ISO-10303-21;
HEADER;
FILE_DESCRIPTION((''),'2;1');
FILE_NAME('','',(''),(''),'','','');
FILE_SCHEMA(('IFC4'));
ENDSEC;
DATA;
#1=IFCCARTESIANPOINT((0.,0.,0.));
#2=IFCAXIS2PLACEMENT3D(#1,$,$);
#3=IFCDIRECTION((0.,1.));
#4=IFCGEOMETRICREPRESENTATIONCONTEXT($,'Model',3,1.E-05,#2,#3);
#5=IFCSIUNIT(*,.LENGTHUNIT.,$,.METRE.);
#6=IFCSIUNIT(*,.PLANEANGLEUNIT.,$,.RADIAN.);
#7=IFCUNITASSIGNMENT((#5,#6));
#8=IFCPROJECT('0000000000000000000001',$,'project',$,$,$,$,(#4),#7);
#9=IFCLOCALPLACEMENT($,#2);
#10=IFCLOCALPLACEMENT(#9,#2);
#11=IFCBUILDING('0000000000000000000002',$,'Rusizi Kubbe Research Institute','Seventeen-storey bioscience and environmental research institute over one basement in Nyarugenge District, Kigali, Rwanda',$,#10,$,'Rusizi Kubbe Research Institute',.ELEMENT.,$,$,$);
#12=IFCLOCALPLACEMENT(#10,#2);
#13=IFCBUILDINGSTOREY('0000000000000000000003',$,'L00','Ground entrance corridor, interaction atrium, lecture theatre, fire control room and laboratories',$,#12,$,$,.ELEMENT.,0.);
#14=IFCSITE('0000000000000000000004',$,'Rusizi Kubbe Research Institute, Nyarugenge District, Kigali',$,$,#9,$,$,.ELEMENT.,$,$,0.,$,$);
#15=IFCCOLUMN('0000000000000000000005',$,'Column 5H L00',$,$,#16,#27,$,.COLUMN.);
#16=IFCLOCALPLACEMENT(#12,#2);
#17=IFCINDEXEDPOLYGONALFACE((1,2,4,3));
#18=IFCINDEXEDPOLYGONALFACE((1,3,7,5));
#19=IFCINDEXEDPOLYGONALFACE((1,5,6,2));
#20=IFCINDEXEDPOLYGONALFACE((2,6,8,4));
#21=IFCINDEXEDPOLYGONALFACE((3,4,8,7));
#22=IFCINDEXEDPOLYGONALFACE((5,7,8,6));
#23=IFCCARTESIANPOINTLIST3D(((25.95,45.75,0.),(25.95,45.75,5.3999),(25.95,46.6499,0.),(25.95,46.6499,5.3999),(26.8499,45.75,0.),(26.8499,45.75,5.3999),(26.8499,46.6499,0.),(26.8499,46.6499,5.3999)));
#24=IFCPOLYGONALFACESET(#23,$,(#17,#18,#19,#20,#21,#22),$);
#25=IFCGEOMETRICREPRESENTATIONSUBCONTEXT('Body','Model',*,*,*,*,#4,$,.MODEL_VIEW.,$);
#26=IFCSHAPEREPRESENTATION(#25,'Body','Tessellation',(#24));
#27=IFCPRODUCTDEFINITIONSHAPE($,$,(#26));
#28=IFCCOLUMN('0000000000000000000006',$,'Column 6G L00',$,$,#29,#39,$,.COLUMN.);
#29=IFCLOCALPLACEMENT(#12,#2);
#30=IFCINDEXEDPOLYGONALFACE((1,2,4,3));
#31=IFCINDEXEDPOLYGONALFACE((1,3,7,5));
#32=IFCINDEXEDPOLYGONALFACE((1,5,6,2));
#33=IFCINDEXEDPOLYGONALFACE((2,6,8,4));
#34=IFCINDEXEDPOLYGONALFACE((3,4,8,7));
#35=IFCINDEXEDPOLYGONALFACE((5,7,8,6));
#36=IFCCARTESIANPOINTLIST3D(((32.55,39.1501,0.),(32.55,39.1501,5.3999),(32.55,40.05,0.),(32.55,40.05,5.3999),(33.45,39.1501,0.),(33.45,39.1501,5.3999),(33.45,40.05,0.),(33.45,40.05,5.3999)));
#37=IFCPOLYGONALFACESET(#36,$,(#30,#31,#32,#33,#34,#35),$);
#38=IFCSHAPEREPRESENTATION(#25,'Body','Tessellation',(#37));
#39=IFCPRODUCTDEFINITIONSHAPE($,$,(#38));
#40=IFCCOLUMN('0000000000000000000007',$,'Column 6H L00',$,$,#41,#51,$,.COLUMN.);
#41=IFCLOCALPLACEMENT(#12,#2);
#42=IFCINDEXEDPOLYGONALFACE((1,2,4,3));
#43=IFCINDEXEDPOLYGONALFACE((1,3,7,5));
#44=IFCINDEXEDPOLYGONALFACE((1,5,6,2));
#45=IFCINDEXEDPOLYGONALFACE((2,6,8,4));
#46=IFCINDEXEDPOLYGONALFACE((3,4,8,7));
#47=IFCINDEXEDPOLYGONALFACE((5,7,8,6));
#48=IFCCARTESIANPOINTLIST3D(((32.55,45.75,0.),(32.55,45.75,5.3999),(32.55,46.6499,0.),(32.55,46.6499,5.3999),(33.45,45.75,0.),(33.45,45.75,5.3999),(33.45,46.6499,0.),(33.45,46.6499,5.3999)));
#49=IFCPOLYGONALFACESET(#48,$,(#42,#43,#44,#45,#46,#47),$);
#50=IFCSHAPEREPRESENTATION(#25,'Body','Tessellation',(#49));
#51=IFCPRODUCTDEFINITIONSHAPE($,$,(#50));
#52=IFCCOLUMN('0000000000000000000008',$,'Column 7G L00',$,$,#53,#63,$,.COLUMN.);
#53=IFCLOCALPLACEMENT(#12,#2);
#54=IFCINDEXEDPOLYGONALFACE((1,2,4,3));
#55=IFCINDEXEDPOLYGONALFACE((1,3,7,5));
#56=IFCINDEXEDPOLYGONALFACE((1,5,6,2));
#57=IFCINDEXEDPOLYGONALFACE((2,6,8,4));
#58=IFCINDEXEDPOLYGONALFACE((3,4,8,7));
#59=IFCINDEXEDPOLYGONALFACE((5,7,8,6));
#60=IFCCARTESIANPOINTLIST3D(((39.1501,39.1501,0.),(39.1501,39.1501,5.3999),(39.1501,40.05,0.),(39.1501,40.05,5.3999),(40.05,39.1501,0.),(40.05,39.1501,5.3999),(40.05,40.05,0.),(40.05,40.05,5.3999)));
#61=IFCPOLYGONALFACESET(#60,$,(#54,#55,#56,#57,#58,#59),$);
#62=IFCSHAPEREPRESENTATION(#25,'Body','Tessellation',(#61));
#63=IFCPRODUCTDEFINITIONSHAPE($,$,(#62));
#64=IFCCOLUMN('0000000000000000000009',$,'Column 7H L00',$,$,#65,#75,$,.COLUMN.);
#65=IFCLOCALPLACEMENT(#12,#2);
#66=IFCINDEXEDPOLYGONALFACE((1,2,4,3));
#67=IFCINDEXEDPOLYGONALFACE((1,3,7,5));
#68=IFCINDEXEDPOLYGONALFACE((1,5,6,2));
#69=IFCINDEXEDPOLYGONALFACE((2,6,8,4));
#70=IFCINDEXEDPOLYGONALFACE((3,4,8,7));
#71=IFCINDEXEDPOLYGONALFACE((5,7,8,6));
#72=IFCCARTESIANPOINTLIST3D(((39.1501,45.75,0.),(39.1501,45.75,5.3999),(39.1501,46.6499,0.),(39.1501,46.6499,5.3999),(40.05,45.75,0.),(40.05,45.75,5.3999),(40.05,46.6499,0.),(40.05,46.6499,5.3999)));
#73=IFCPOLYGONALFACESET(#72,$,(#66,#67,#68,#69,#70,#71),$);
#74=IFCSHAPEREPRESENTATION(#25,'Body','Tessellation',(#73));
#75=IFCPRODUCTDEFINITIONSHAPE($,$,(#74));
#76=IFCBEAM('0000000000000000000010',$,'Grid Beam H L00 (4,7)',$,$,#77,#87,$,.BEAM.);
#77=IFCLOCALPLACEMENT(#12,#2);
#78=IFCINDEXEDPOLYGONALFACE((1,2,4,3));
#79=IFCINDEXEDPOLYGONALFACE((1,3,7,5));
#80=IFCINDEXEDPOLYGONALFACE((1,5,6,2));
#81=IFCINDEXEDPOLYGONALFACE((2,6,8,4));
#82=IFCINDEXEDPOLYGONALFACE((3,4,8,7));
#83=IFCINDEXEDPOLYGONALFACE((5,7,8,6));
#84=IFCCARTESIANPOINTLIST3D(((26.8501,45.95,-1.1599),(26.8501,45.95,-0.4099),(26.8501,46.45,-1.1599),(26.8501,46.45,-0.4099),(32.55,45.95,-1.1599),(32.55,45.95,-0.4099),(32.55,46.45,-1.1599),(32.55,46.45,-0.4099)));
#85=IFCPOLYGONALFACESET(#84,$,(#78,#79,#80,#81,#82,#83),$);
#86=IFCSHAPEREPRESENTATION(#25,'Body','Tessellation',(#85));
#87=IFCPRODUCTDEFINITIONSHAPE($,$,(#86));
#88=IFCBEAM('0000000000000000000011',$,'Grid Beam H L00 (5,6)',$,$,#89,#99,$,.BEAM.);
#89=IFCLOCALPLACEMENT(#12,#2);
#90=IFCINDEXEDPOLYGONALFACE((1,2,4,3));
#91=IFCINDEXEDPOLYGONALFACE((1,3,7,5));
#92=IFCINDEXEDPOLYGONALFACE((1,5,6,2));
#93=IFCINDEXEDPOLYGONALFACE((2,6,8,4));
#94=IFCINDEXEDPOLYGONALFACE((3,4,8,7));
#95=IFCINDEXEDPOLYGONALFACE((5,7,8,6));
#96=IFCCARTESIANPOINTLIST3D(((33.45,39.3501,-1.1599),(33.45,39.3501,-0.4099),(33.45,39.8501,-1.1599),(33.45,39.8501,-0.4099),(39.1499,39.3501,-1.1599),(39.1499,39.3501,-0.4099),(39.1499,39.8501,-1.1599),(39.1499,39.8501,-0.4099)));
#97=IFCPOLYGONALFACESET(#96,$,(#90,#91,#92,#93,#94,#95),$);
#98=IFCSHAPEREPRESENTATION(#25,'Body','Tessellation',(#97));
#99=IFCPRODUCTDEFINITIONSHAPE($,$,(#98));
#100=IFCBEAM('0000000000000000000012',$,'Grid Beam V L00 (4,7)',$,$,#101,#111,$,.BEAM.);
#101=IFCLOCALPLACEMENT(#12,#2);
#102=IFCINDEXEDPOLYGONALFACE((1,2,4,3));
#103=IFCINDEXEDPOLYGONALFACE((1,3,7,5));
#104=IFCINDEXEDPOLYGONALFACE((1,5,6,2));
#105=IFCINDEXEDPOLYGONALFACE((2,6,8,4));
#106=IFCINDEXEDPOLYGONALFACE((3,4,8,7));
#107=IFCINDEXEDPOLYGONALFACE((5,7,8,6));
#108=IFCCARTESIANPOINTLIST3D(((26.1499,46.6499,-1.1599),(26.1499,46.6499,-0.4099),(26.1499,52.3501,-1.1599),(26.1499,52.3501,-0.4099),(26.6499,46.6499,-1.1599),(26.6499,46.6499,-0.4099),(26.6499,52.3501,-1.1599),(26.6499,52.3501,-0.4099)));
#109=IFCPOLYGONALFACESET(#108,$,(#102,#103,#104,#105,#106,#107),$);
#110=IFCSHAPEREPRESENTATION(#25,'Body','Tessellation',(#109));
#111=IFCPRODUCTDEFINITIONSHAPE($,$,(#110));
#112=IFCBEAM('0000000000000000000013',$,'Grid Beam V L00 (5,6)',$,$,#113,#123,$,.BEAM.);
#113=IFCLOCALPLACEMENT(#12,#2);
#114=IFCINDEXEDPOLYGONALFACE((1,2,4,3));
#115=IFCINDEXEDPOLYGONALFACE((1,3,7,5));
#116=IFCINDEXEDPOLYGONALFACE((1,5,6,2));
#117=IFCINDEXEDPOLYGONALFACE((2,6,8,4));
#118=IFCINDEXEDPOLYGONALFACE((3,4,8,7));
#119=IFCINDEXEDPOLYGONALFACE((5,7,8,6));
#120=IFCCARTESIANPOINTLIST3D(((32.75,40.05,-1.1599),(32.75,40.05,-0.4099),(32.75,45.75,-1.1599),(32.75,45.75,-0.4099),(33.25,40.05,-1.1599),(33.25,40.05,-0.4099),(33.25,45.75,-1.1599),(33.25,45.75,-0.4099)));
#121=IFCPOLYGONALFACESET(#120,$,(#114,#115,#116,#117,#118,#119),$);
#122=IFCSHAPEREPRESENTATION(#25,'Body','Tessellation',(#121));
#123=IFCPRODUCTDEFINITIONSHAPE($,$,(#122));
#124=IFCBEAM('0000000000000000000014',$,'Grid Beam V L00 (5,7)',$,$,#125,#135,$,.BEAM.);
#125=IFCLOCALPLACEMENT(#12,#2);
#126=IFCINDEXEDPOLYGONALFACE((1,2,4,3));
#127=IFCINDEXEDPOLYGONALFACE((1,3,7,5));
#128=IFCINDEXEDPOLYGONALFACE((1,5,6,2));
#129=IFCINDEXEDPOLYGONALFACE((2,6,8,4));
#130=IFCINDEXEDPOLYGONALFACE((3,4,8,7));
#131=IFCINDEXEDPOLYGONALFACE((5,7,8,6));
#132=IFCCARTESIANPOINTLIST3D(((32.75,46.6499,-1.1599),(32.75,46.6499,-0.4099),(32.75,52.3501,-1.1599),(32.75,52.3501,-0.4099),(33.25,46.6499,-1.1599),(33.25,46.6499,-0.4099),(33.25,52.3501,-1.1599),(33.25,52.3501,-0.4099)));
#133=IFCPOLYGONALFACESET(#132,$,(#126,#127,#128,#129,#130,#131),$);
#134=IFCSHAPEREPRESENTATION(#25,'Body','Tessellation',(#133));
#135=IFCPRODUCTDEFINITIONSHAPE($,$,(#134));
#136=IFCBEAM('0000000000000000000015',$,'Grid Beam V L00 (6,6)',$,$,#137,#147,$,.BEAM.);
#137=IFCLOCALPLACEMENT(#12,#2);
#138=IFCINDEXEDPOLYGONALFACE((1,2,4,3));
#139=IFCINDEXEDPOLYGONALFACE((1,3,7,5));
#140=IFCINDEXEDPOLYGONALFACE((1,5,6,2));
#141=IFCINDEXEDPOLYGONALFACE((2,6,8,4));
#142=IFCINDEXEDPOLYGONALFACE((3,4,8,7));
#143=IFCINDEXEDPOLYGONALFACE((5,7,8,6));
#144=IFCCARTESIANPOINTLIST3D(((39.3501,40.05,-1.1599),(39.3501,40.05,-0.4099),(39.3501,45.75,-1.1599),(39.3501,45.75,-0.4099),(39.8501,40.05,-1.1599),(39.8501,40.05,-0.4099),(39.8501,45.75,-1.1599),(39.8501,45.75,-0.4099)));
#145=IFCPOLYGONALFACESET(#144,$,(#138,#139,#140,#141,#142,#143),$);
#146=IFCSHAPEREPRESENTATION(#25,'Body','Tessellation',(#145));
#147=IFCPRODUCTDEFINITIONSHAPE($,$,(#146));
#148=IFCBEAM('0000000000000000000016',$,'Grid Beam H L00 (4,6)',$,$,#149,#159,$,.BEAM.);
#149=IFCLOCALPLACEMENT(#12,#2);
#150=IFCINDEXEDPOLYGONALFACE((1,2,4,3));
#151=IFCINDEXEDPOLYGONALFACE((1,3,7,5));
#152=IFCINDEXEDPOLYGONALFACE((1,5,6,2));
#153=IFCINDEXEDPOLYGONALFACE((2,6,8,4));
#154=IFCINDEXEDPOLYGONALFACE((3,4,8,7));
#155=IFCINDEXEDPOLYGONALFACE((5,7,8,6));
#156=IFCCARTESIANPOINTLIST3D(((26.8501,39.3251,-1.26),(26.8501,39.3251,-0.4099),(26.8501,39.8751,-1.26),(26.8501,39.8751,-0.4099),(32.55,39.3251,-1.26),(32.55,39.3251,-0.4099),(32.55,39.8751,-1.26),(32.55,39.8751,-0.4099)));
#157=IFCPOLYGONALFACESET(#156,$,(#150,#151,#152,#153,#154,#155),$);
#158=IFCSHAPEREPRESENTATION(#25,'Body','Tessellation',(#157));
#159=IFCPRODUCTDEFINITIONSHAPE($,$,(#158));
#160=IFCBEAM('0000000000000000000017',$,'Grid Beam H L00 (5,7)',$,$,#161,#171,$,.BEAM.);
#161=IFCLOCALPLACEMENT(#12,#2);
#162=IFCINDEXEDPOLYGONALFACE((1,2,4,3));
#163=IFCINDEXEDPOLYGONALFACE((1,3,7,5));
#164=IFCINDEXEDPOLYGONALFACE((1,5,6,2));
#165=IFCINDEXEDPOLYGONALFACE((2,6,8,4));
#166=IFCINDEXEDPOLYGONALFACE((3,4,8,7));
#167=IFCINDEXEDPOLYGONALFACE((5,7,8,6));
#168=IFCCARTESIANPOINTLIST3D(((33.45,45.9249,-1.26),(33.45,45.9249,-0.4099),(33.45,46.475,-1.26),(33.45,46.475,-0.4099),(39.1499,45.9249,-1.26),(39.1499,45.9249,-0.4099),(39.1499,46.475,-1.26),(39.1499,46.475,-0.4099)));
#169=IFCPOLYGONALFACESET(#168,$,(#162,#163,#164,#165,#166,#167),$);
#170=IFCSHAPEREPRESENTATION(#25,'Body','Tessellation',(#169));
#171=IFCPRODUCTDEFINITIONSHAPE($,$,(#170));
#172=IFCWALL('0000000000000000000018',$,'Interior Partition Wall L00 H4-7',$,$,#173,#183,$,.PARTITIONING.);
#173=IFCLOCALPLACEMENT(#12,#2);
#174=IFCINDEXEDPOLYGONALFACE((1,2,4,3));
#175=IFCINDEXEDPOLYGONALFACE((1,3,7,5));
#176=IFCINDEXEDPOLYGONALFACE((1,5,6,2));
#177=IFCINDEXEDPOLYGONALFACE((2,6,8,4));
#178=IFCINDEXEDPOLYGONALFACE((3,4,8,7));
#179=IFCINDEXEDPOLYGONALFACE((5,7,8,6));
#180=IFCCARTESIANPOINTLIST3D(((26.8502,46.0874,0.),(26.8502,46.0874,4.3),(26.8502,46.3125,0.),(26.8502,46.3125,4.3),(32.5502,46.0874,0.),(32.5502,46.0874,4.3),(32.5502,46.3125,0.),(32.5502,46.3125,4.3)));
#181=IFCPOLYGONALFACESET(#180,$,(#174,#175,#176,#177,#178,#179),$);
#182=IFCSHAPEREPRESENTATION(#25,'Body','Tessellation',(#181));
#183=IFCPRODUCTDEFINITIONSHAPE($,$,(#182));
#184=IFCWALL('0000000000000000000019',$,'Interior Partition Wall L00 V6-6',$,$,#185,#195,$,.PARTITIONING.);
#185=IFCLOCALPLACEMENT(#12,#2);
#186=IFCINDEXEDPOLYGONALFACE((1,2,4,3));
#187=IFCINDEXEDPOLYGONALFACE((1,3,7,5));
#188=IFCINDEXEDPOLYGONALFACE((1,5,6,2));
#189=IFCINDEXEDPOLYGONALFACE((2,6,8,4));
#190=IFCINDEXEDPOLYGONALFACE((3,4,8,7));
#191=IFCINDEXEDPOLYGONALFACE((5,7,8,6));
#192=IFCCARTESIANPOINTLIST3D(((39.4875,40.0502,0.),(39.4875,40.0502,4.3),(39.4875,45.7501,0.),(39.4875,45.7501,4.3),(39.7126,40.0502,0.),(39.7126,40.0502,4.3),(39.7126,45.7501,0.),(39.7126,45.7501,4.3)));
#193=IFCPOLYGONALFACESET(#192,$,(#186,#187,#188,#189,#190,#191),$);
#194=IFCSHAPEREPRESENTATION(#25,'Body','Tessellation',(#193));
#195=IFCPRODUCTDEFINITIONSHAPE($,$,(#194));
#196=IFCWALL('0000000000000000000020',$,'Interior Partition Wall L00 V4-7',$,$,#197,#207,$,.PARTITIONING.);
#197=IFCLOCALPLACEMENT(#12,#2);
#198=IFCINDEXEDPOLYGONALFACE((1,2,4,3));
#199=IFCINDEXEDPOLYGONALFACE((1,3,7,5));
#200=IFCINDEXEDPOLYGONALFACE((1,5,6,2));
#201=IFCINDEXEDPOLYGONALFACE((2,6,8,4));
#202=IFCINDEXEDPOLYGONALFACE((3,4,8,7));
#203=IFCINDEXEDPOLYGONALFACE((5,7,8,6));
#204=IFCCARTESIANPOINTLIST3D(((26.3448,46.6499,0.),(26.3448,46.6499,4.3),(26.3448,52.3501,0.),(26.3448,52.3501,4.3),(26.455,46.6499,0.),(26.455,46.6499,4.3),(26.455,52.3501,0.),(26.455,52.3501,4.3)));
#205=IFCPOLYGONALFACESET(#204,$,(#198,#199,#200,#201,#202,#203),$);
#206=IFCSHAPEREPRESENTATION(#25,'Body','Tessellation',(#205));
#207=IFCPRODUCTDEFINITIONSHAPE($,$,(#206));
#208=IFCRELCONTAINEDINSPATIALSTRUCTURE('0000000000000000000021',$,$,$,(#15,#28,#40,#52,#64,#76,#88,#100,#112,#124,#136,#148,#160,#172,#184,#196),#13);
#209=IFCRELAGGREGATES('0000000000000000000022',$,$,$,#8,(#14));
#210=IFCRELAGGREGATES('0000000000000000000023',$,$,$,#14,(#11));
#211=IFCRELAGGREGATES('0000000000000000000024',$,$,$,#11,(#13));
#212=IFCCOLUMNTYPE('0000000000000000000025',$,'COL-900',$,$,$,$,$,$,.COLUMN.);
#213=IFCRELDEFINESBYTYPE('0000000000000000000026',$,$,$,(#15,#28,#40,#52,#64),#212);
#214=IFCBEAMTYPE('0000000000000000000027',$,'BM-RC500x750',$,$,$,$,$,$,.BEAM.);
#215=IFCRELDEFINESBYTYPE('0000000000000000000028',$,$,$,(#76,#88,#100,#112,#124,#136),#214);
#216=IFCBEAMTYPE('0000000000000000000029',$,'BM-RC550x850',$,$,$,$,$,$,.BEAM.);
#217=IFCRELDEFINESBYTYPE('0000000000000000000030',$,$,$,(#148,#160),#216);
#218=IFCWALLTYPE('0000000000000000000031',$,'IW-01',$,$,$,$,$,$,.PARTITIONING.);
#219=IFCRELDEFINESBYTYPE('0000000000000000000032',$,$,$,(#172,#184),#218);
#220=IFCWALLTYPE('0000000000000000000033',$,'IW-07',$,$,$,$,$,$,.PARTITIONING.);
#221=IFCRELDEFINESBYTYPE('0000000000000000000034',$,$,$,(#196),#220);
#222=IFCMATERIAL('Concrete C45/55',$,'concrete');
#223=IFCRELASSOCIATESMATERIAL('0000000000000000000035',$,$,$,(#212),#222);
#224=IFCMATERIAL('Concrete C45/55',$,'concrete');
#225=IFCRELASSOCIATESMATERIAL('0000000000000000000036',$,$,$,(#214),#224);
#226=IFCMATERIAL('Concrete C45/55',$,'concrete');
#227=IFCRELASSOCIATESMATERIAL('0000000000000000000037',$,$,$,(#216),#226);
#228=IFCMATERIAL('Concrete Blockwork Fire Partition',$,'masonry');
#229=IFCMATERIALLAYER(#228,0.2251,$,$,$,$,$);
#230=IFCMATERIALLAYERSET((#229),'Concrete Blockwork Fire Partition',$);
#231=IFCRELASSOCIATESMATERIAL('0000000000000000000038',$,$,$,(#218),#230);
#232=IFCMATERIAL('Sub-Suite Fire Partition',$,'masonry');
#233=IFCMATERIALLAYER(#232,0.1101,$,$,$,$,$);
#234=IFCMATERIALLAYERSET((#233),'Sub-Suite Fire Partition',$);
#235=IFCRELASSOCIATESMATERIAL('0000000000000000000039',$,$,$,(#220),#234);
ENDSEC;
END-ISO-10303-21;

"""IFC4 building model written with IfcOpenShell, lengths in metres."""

from ifc_helpers import new_model, si_unit, direction, frame, frame_2d, origin, origin_2d, place, context, subcontext, project, spatial, rectangle, extrude, material, layer, layer_set, material_profile, profile_set, type_object, element, save


model = new_model("IFC4")

# Units and contexts
model_context = context("Model", 3, precision=1e-05, world=origin(), true_north=direction((0.0, 1.0)))
body_context = subcontext(model_context, "Body", "Model", "MODEL_VIEW")
ifc_project = project(units=[si_unit("LENGTHUNIT", "METRE"), si_unit("PLANEANGLEUNIT", "RADIAN")], contexts=[model_context])

# Site, building, storey
site_placement = place(None, origin())
site = spatial("IfcSite", under=ifc_project, at=site_placement, Name="Rusizi Kubbe Research Institute, Nyarugenge District, Kigali", CompositionType="ELEMENT", RefElevation=0.0)
building_placement = place(site_placement, origin())
building = spatial("IfcBuilding", under=site, at=building_placement, Name="Rusizi Kubbe Research Institute", Description="Seventeen-storey bioscience and environmental research institute over one basement in Nyarugenge District, Kigali, Rwanda", LongName="Rusizi Kubbe Research Institute", CompositionType="ELEMENT")
storey_placement = place(building_placement, origin())
storey = spatial("IfcBuildingStorey", under=building, at=storey_placement, Name="L00", Description="Ground entrance corridor, interaction atrium, lecture theatre, fire control room and laboratories", CompositionType="ELEMENT", Elevation=0.0)

# Columns
ifc_material_1 = material(Name="Concrete C45/55", Category="concrete")
ifc_material_profile_1 = material_profile(ifc_material_1, rectangle(XDim=0.8999, YDim=0.8999, at=origin_2d()), Name="RC900x900")
ifc_profile_set_1 = profile_set([ifc_material_profile_1], Name="Concrete C45/55")
column_type = type_object("IfcColumnType", Name="COL-900", PredefinedType="COLUMN", material=ifc_profile_set_1)
for number, where, z_axis, x_axis, name in (
    (1, (26.3999, 46.2, 0.0), (0.0, 0.0, 1.0), (1.0, 0.0, 0.0), "Column 5H L00"),
    (2, (33.0, 39.6001, 0.0), (0.0, 0.0, 1.0), (1.0, 0.0, 0.0), "Column 6G L00"),
    (3, (33.0, 46.2, 0.0), (0.0, 0.0, 1.0), (1.0, 0.0, 0.0), "Column 6H L00"),
    (4, (39.6001, 39.6001, 0.0), (0.0, 0.0, 1.0), (1.0, 0.0, 0.0), "Column 7G L00"),
    (5, (39.6001, 46.2, 0.0), (0.0, 0.0, 1.0), (1.0, 0.0, 0.0), "Column 7H L00"),
):
    element("IfcColumn", number, at=place(storey_placement, frame(where, z_axis=z_axis, x_axis=x_axis)), inside=storey, type_object=column_type, Name=name, PredefinedType="COLUMN", context=body_context, shape_type="SweptSolid", body=[
        extrude(rectangle(XDim=0.8999, YDim=0.8999, at=origin_2d()), origin(), (0.0, 0.0, 1.0), 5.3999),
    ])

# Beams
ifc_material_2 = material(Name="Concrete C45/55", Category="concrete")
ifc_material_profile_2 = material_profile(ifc_material_2, rectangle(XDim=0.5, YDim=0.75, at=origin_2d()), Name="RC500x750B")
ifc_profile_set_2 = profile_set([ifc_material_profile_2], Name="Concrete C45/55")
beam_type_1 = type_object("IfcBeamType", Name="BM-RC500x750", PredefinedType="BEAM", material=ifc_profile_set_2)
for number, where, z_axis, x_axis, name in (
    (6, (26.8501, 46.2, -0.7849), (1.0, 0.0, 0.0), (0.0, 1.0, 0.0), "Grid Beam H L00 (4,7)"),
    (7, (33.45, 39.6001, -0.7849), (1.0, 0.0, 0.0), (0.0, 1.0, 0.0), "Grid Beam H L00 (5,6)"),
):
    element("IfcBeam", number, at=place(storey_placement, frame(where, z_axis=z_axis, x_axis=x_axis)), inside=storey, type_object=beam_type_1, Name=name, PredefinedType="BEAM", context=body_context, shape_type="SweptSolid", body=[
        extrude(rectangle(XDim=0.5, YDim=0.75, at=origin_2d()), origin(), (0.0, 0.0, 1.0), 5.7),
    ])
beam_1_placement = place(storey_placement, frame((26.3999, 46.6499, -0.7849), z_axis=(0.0, 1.0, 0.0), x_axis=(-1.0, 0.0, 0.0)))
element("IfcBeam", 8, at=beam_1_placement, inside=storey, type_object=beam_type_1, Name="Grid Beam V L00 (4,7)", PredefinedType="BEAM", context=body_context, shape_type="SweptSolid", body=[
    extrude(rectangle(XDim=0.5, YDim=0.75, at=origin_2d()), origin(), (0.0, 0.0, 1.0), 5.7002),
])
beam_2_placement = place(storey_placement, frame((33.0, 40.05, -0.7849), z_axis=(0.0, 1.0, 0.0), x_axis=(-1.0, 0.0, 0.0)))
element("IfcBeam", 9, at=beam_2_placement, inside=storey, type_object=beam_type_1, Name="Grid Beam V L00 (5,6)", PredefinedType="BEAM", context=body_context, shape_type="SweptSolid", body=[
    extrude(rectangle(XDim=0.5, YDim=0.75, at=origin_2d()), origin(), (0.0, 0.0, 1.0), 5.7),
])
beam_3_placement = place(storey_placement, frame((33.0, 46.6499, -0.7849), z_axis=(0.0, 1.0, 0.0), x_axis=(-1.0, 0.0, 0.0)))
element("IfcBeam", 10, at=beam_3_placement, inside=storey, type_object=beam_type_1, Name="Grid Beam V L00 (5,7)", PredefinedType="BEAM", context=body_context, shape_type="SweptSolid", body=[
    extrude(rectangle(XDim=0.5, YDim=0.75, at=origin_2d()), origin(), (0.0, 0.0, 1.0), 5.7002),
])
beam_4_placement = place(storey_placement, frame((39.6001, 40.05, -0.7849), z_axis=(0.0, 1.0, 0.0), x_axis=(-1.0, 0.0, 0.0)))
element("IfcBeam", 11, at=beam_4_placement, inside=storey, type_object=beam_type_1, Name="Grid Beam V L00 (6,6)", PredefinedType="BEAM", context=body_context, shape_type="SweptSolid", body=[
    extrude(rectangle(XDim=0.5, YDim=0.75, at=origin_2d()), origin(), (0.0, 0.0, 1.0), 5.7),
])
ifc_material_3 = material(Name="Concrete C45/55", Category="concrete")
ifc_material_profile_3 = material_profile(ifc_material_3, rectangle(XDim=0.55, YDim=0.8501, at=origin_2d()), Name="RC550x850")
ifc_profile_set_3 = profile_set([ifc_material_profile_3], Name="Concrete C45/55")
beam_type_2 = type_object("IfcBeamType", Name="BM-RC550x850", PredefinedType="BEAM", material=ifc_profile_set_3)
for number, where, z_axis, x_axis, name in (
    (12, (26.8501, 39.6001, -0.835), (1.0, 0.0, 0.0), (0.0, 1.0, 0.0), "Grid Beam H L00 (4,6)"),
    (13, (33.45, 46.2, -0.835), (1.0, 0.0, 0.0), (0.0, 1.0, 0.0), "Grid Beam H L00 (5,7)"),
):
    element("IfcBeam", number, at=place(storey_placement, frame(where, z_axis=z_axis, x_axis=x_axis)), inside=storey, type_object=beam_type_2, Name=name, PredefinedType="BEAM", context=body_context, shape_type="SweptSolid", body=[
        extrude(rectangle(XDim=0.55, YDim=0.8501, at=origin_2d()), origin(), (0.0, 0.0, 1.0), 5.7),
    ])

# Walls
ifc_material_4 = material(Name="Concrete Blockwork Fire Partition", Category="masonry")
ifc_layer_1 = layer(ifc_material_4, 0.2251)
ifc_layer_set_1 = layer_set([ifc_layer_1], Name="Concrete Blockwork Fire Partition")
wall_type_1 = type_object("IfcWallType", Name="IW-01", PredefinedType="PARTITIONING", material=ifc_layer_set_1)
for number, where, z_axis, x_axis, name in (
    (14, (26.8501, 46.2, 0.0), (0.0, 0.0, 1.0), (1.0, 0.0, 0.0), "Interior Partition Wall L00 H4-7"),
    (15, (39.6001, 40.05, 0.0), (0.0, 0.0, 1.0), (0.0, 1.0, 0.0), "Interior Partition Wall L00 V6-6"),
):
    element("IfcWall", number, at=place(storey_placement, frame(where, z_axis=z_axis, x_axis=x_axis)), inside=storey, type_object=wall_type_1, Name=name, PredefinedType="PARTITIONING", context=body_context, shape_type="SweptSolid", body=[
        extrude(rectangle(XDim=5.7, YDim=0.2251, at=frame_2d((2.8501, 0.0))), origin(), (0.0, 0.0, 1.0), 4.3),
    ])
ifc_material_5 = material(Name="Sub-Suite Fire Partition", Category="masonry")
ifc_layer_2 = layer(ifc_material_5, 0.1101)
ifc_layer_set_2 = layer_set([ifc_layer_2], Name="Sub-Suite Fire Partition")
wall_type_2 = type_object("IfcWallType", Name="IW-07", PredefinedType="PARTITIONING", material=ifc_layer_set_2)
wall_1_placement = place(storey_placement, frame((26.3999, 46.6499, 0.0), z_axis=(0.0, 0.0, 1.0), x_axis=(0.0, 1.0, 0.0)))
element("IfcWall", 16, at=wall_1_placement, inside=storey, type_object=wall_type_2, Name="Interior Partition Wall L00 V4-7", PredefinedType="PARTITIONING", context=body_context, shape_type="SweptSolid", body=[
    extrude(rectangle(XDim=5.7002, YDim=0.1101, at=frame_2d((2.8501, 0.0))), origin(), (0.0, 0.0, 1.0), 4.3),
])

save(model, "model.ifc")
